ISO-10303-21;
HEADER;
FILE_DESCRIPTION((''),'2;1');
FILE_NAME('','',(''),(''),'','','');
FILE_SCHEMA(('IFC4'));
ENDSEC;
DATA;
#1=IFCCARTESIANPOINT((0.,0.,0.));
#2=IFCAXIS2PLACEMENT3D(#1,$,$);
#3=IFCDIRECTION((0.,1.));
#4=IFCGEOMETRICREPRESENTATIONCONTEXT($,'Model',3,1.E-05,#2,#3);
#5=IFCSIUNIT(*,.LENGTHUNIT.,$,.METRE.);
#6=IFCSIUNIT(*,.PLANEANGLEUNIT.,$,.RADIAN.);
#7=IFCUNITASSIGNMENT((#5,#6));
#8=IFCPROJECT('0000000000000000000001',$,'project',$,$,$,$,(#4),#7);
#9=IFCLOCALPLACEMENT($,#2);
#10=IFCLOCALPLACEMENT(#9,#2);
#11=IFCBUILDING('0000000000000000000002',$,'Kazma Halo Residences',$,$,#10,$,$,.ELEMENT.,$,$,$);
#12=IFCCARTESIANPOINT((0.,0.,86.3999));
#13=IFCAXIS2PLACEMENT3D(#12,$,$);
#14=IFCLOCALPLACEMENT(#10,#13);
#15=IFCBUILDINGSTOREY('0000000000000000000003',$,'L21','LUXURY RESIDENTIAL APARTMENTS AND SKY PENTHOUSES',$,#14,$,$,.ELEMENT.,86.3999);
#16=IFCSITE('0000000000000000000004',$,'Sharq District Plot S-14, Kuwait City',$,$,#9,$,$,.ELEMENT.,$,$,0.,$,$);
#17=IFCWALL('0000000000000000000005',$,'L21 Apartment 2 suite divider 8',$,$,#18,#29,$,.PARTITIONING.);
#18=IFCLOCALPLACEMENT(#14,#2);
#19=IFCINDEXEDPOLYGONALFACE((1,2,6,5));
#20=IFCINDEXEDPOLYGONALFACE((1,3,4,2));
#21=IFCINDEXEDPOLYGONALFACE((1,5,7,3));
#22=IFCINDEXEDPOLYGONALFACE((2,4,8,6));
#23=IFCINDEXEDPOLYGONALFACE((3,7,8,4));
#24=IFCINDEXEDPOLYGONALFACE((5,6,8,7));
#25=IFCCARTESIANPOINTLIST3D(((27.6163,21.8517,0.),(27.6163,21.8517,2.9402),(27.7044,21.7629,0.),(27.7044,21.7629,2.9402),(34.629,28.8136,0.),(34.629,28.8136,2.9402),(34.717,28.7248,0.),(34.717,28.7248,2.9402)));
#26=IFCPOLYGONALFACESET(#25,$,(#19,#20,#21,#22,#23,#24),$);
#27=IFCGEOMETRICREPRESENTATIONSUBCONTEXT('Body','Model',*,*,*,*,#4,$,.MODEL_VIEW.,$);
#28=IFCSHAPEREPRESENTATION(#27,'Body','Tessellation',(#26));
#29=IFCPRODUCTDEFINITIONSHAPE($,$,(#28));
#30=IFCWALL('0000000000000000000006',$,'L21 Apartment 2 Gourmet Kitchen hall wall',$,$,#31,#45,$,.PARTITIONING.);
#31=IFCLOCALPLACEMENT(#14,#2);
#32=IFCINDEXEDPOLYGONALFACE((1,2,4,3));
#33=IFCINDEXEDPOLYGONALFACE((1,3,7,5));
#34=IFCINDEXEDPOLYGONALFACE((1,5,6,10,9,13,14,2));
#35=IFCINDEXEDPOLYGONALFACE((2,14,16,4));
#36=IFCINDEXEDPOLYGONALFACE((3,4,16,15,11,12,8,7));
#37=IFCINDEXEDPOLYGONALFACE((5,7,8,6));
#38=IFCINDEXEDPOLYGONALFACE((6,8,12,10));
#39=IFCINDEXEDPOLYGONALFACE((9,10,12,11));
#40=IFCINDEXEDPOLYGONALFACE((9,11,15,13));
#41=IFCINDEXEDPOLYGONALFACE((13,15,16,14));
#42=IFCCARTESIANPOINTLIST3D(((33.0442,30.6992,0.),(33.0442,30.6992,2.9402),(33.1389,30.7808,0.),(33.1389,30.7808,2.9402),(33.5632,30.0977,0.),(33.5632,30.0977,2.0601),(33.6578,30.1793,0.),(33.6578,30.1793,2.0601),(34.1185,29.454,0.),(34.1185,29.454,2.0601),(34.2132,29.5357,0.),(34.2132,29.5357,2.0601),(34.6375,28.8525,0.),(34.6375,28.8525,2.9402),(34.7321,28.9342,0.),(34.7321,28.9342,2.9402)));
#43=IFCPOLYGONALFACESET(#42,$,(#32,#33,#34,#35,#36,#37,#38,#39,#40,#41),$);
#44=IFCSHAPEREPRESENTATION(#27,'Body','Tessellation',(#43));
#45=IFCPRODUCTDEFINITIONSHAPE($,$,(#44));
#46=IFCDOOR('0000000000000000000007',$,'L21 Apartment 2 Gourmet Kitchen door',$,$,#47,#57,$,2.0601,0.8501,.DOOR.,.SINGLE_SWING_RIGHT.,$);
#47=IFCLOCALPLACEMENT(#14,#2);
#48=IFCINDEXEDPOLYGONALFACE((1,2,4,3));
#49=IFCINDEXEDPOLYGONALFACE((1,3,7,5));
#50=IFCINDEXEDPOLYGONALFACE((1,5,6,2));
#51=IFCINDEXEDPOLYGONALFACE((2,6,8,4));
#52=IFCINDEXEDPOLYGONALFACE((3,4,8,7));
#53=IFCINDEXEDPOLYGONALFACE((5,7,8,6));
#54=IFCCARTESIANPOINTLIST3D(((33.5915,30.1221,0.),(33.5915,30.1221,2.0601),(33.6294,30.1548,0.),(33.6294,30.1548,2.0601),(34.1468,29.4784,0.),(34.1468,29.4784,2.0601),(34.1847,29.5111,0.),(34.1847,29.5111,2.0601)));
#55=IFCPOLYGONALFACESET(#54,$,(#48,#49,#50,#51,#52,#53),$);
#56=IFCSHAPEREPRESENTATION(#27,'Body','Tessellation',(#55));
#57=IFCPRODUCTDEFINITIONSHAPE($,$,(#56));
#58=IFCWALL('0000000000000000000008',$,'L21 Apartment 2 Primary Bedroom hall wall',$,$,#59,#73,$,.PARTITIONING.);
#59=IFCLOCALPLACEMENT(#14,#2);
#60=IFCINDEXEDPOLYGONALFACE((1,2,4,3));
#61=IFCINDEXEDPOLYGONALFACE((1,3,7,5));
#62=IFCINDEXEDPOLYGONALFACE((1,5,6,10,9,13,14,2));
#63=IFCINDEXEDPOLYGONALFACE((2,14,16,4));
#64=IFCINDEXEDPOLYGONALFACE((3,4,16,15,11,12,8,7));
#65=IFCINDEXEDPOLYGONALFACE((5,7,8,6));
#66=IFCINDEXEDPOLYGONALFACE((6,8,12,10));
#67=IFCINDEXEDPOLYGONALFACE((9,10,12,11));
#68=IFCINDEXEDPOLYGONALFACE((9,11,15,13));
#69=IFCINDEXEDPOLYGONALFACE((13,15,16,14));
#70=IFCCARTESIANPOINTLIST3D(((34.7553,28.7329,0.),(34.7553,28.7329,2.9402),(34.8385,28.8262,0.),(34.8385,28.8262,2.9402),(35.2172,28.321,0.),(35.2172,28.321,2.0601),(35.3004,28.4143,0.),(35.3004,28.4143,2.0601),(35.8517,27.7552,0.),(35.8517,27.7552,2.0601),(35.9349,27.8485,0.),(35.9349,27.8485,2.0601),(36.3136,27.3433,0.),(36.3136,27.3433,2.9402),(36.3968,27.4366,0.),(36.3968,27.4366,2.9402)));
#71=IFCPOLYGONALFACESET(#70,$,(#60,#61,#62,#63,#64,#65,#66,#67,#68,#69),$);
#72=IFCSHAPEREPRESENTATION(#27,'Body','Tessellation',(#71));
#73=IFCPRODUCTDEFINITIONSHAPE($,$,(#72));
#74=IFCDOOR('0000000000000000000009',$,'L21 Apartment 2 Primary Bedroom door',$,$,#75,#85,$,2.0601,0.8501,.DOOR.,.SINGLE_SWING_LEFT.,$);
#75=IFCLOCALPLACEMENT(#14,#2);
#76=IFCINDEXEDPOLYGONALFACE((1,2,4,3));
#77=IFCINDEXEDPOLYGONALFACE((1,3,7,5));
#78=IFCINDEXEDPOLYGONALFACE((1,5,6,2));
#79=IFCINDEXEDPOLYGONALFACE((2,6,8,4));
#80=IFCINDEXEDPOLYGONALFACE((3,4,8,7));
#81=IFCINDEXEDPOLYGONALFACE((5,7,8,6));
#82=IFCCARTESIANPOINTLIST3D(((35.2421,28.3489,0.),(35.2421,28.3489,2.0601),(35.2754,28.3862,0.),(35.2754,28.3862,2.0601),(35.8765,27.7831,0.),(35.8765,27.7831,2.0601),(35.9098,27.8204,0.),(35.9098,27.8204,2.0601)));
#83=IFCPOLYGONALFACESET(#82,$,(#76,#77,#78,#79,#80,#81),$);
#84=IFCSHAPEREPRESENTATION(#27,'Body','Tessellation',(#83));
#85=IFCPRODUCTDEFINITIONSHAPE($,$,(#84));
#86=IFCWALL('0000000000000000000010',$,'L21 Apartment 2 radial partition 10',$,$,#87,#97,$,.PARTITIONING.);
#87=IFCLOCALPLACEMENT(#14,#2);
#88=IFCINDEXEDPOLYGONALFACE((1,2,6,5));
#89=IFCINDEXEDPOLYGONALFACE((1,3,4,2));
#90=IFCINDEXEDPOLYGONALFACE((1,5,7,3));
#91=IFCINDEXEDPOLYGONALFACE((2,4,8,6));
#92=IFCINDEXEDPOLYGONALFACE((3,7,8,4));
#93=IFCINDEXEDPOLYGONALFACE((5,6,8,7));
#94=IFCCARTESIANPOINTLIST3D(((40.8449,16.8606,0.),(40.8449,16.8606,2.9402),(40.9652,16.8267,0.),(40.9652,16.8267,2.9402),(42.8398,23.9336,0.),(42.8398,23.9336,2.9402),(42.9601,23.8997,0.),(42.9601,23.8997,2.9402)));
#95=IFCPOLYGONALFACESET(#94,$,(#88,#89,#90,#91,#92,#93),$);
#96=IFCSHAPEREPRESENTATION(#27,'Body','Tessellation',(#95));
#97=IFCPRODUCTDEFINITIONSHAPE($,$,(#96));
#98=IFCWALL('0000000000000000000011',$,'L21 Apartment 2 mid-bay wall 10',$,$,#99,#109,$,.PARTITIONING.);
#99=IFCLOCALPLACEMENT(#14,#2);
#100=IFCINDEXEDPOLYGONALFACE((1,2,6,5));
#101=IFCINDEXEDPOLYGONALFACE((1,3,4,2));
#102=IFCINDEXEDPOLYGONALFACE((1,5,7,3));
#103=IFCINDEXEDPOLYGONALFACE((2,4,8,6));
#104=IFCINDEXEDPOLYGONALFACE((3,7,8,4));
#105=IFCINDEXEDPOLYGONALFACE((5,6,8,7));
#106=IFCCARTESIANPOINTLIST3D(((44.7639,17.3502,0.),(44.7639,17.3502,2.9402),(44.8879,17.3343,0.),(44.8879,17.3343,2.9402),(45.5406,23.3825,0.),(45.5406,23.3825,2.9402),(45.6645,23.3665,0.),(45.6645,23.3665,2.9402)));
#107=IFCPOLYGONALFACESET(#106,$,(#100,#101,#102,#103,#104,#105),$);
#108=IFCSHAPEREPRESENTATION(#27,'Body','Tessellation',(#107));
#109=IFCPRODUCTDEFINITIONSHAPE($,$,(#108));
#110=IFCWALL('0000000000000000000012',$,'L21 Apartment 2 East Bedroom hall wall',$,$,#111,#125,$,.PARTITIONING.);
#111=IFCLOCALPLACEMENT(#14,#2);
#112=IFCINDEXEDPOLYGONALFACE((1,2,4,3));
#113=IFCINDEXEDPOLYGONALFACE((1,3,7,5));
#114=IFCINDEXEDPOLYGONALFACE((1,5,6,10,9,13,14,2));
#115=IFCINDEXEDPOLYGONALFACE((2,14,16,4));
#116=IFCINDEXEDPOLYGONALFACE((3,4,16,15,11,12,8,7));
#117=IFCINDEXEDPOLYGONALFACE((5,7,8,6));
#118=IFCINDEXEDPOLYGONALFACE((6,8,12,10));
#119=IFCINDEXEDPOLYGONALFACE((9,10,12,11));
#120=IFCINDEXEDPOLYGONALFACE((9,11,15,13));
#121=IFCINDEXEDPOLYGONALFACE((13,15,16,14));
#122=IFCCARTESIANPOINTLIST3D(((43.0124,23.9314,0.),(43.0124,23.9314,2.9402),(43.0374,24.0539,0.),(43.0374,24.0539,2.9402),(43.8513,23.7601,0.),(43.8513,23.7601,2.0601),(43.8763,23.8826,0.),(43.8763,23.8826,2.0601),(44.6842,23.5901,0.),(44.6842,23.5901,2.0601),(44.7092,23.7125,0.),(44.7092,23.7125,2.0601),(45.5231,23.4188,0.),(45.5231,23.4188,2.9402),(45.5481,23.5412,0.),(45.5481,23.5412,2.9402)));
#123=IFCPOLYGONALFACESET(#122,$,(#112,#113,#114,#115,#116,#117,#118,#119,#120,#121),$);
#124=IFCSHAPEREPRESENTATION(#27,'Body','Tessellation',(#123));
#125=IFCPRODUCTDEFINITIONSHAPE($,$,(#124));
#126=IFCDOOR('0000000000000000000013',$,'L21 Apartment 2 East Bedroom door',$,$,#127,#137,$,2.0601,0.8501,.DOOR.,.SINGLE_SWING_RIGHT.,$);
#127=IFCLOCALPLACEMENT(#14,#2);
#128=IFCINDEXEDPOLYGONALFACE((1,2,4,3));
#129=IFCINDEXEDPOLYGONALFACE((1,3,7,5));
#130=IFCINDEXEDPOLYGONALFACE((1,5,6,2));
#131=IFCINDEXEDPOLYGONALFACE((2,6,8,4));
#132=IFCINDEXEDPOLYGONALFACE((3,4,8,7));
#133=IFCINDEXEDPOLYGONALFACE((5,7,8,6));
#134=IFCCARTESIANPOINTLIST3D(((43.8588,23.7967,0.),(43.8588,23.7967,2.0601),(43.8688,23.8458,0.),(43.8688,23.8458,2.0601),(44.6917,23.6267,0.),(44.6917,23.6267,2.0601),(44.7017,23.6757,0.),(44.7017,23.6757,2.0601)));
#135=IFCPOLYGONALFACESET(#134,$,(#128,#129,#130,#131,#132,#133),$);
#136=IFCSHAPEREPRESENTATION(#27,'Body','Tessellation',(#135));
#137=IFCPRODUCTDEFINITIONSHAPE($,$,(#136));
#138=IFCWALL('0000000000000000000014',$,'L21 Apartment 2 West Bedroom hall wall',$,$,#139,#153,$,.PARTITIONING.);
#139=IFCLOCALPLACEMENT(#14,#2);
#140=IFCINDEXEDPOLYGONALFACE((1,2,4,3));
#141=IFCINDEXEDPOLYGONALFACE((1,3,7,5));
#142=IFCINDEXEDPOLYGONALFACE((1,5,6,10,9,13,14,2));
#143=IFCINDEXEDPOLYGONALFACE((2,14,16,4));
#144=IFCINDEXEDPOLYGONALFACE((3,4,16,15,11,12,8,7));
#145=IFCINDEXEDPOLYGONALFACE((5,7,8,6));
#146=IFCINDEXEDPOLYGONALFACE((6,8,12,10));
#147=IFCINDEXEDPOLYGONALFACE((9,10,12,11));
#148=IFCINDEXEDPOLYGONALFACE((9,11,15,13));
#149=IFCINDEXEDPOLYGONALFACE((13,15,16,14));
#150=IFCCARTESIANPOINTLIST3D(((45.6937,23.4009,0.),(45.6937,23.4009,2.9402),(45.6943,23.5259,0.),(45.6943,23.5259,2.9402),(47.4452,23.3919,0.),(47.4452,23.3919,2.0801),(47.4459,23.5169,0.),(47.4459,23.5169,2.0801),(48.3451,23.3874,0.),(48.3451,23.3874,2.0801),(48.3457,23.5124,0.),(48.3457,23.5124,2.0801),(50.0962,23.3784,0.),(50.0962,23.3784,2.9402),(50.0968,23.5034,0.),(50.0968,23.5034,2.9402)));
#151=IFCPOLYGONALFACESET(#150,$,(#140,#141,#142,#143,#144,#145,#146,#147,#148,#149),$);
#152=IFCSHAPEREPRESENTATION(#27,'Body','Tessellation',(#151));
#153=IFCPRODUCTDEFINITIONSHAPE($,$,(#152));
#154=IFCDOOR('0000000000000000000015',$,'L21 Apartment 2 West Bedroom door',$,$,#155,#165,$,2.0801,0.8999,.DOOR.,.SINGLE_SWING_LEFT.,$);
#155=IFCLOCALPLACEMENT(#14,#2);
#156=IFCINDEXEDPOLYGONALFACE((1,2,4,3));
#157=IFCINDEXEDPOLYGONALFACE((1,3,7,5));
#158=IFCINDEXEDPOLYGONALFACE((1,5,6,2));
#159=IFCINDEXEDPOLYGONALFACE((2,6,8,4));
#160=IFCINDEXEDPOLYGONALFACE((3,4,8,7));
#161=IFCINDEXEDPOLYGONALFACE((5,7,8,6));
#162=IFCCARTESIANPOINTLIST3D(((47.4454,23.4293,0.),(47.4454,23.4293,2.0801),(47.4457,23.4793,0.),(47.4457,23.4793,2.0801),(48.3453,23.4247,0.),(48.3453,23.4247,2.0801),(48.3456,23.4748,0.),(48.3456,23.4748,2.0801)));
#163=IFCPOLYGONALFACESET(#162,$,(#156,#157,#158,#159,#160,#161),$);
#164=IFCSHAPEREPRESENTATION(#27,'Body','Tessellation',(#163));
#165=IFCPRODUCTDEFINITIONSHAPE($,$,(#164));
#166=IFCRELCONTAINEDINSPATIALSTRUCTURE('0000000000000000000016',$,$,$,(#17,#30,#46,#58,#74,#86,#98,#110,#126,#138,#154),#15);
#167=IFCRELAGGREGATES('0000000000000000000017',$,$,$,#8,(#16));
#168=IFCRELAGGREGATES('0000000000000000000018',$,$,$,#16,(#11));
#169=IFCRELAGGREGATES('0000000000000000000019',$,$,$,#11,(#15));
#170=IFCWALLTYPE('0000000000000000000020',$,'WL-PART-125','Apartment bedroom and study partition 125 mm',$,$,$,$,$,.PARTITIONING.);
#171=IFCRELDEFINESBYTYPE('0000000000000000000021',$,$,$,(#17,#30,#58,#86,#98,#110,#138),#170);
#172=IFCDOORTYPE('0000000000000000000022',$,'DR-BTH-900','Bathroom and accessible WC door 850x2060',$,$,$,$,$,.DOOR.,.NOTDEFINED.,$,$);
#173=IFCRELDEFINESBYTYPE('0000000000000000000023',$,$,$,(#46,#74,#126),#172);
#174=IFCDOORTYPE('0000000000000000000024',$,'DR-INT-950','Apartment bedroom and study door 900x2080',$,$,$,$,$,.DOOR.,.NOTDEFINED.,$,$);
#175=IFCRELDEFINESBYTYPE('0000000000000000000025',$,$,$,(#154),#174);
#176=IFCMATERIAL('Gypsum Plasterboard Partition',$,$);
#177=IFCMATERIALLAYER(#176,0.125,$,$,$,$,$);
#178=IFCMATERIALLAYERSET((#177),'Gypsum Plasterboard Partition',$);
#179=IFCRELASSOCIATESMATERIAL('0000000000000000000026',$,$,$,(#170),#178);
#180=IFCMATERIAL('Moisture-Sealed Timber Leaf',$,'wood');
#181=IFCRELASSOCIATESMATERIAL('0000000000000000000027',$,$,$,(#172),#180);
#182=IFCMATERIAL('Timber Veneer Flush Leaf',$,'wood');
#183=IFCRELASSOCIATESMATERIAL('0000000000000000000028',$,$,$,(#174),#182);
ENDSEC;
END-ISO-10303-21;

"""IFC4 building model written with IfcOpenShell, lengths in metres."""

from ifc_helpers import new_model, si_unit, direction, frame, frame_2d, origin, place, context, subcontext, project, spatial, rectangle, extrude, material, layer, layer_set, type_object, element, fill, save


model = new_model("IFC4")

# Units and contexts
model_context = context("Model", 3, precision=1e-05, world=origin(), true_north=direction((0.0, 1.0)))
body_context = subcontext(model_context, "Body", "Model", "MODEL_VIEW")
ifc_project = project(units=[si_unit("LENGTHUNIT", "METRE"), si_unit("PLANEANGLEUNIT", "RADIAN")], contexts=[model_context])

# Site, building, storey
site_placement = place(None, origin())
site = spatial("IfcSite", under=ifc_project, at=site_placement, Name="Sharq District Plot S-14, Kuwait City", CompositionType="ELEMENT", RefElevation=0.0)
building_placement = place(site_placement, origin())
building = spatial("IfcBuilding", under=site, at=building_placement, Name="Kazma Halo Residences", CompositionType="ELEMENT")
storey_placement = place(building_placement, frame((0.0, 0.0, 86.3999)))
storey = spatial("IfcBuildingStorey", under=building, at=storey_placement, Name="L21", Description="LUXURY RESIDENTIAL APARTMENTS AND SKY PENTHOUSES", CompositionType="ELEMENT", Elevation=86.3999)

# Wall
ifc_material_1 = material(Name="Gypsum Plasterboard Partition")
ifc_layer_1 = layer(ifc_material_1, 0.125)
ifc_layer_set_1 = layer_set([ifc_layer_1], Name="Gypsum Plasterboard Partition")
wall_type_1 = type_object("IfcWallType", Name="WL-PART-125", Description="Apartment bedroom and study partition 125 mm", PredefinedType="PARTITIONING", material=ifc_layer_set_1)
wall_1_placement = place(storey_placement, frame((34.6731, 28.7693, 0.0), z_axis=(0.0, 0.0, 1.0), x_axis=(-0.709672, -0.704533, 0.0)))
element("IfcWall", 1, at=wall_1_placement, inside=storey, type_object=wall_type_1, Name="L21 Apartment 2 suite divider 8", PredefinedType="PARTITIONING", context=body_context, shape_type="SweptSolid", body=[
    extrude(rectangle(XDim=9.8816, YDim=0.125, at=frame_2d((4.9409, 0.0))), origin(), (0.0, 0.0, 1.0), 2.9402),
])

# Walls, openings, doors
wall_2_placement = place(storey_placement, frame((33.0916, 30.74, 0.0), z_axis=(0.0, 0.0, 1.0), x_axis=(0.653245, -0.757147, 0.0)))
wall_2 = element("IfcWall", 2, at=wall_2_placement, inside=storey, type_object=wall_type_1, Name="L21 Apartment 2 Gourmet Kitchen hall wall", PredefinedType="PARTITIONING", context=body_context, shape_type="SweptSolid", body=[
    extrude(rectangle(XDim=2.439, YDim=0.125, at=frame_2d((1.2195, 0.0))), origin(), (0.0, 0.0, 1.0), 2.9402),
])
opening_1_placement = place(wall_2_placement, frame((0.7944, 0.0, 0.0)))
opening_1 = element("IfcOpeningElement", 3, at=opening_1_placement, cuts=wall_2, PredefinedType="OPENING", context=body_context, shape_type="SweptSolid", body=[
    extrude(rectangle(XDim=0.8501, YDim=2.0601, at=frame_2d((0.425, 1.03))), frame((0.0, 0.0725, 0.0), z_axis=(0.0, -1.0, 0.0), x_axis=(1.0, 0.0, 0.0)), (0.0, 0.0, 1.0), 0.145),
])
ifc_material_2 = material(Name="Moisture-Sealed Timber Leaf", Category="wood")
door_type_1 = type_object("IfcDoorType", Name="DR-BTH-900", Description="Bathroom and accessible WC door 850x2060", OperationType="NOTDEFINED", PredefinedType="DOOR", material=ifc_material_2)
door_1_placement = place(opening_1_placement, origin())
door_1 = element("IfcDoor", 4, at=door_1_placement, inside=storey, type_object=door_type_1, Name="L21 Apartment 2 Gourmet Kitchen door", OperationType="SINGLE_SWING_RIGHT", OverallHeight=2.0601, OverallWidth=0.8501, PredefinedType="DOOR", context=body_context, shape_type="SweptSolid", body=[
    extrude(rectangle(XDim=0.8501, YDim=2.0601, at=frame_2d((0.425, 1.03))), frame((0.0, 0.0249, 0.0), z_axis=(0.0, -1.0, 0.0), x_axis=(1.0, 0.0, 0.0)), (0.0, 0.0, 1.0), 0.05),
])
fill(opening_1, door_1)
wall_3_placement = place(storey_placement, frame((34.7969, 28.7795, 0.0), z_axis=(0.0, 0.0, 1.0), x_axis=(0.74635, -0.665553, 0.0)))
wall_3 = element("IfcWall", 5, at=wall_3_placement, inside=storey, type_object=wall_type_1, Name="L21 Apartment 2 Primary Bedroom hall wall", PredefinedType="PARTITIONING", context=body_context, shape_type="SweptSolid", body=[
    extrude(rectangle(XDim=2.0879, YDim=0.125, at=frame_2d((1.0439, 0.0))), origin(), (0.0, 0.0, 1.0), 2.9402),
])
opening_2_placement = place(wall_3_placement, frame((0.6189, 0.0, 0.0)))
opening_2 = element("IfcOpeningElement", 6, at=opening_2_placement, cuts=wall_3, PredefinedType="OPENING", context=body_context, shape_type="SweptSolid", body=[
    extrude(rectangle(XDim=0.8501, YDim=2.0601, at=frame_2d((0.425, 1.03))), frame((0.0, 0.0725, 0.0), z_axis=(0.0, -1.0, 0.0), x_axis=(1.0, 0.0, 0.0)), (0.0, 0.0, 1.0), 0.145),
])
door_2_placement = place(opening_2_placement, origin())
door_2 = element("IfcDoor", 7, at=door_2_placement, inside=storey, type_object=door_type_1, Name="L21 Apartment 2 Primary Bedroom door", OperationType="SINGLE_SWING_LEFT", OverallHeight=2.0601, OverallWidth=0.8501, PredefinedType="DOOR", context=body_context, shape_type="SweptSolid", body=[
    extrude(rectangle(XDim=0.8501, YDim=2.0601, at=frame_2d((0.425, 1.03))), frame((0.0, 0.0249, 0.0), z_axis=(0.0, -1.0, 0.0), x_axis=(1.0, 0.0, 0.0)), (0.0, 0.0, 1.0), 0.05),
])
fill(opening_2, door_2)

# Walls
wall_4_placement = place(storey_placement, frame((42.8999, 23.9165, 0.0), z_axis=(0.0, 0.0, 1.0), x_axis=(-0.271451, -0.962452, 0.0)))
element("IfcWall", 8, at=wall_4_placement, inside=storey, type_object=wall_type_1, Name="L21 Apartment 2 radial partition 10", PredefinedType="PARTITIONING", context=body_context, shape_type="SweptSolid", body=[
    extrude(rectangle(XDim=7.3489, YDim=0.125, at=frame_2d((3.6743, 0.0))), origin(), (0.0, 0.0, 1.0), 2.9402),
])
wall_5_placement = place(storey_placement, frame((45.6025, 23.3745, 0.0), z_axis=(0.0, 0.0, 1.0), x_axis=(-0.12769, -0.991814, 0.0)))
element("IfcWall", 9, at=wall_5_placement, inside=storey, type_object=wall_type_1, Name="L21 Apartment 2 mid-bay wall 10", PredefinedType="PARTITIONING", context=body_context, shape_type="SweptSolid", body=[
    extrude(rectangle(XDim=6.082, YDim=0.125, at=frame_2d((3.041, 0.0))), origin(), (0.0, 0.0, 1.0), 2.9402),
])

# Walls, openings, doors
wall_6_placement = place(storey_placement, frame((43.0249, 23.9927, 0.0), z_axis=(0.0, 0.0, 1.0), x_axis=(0.979781, -0.200072, 0.0)))
wall_6 = element("IfcWall", 10, at=wall_6_placement, inside=storey, type_object=wall_type_1, Name="L21 Apartment 2 East Bedroom hall wall", PredefinedType="PARTITIONING", context=body_context, shape_type="SweptSolid", body=[
    extrude(rectangle(XDim=2.5625, YDim=0.125, at=frame_2d((1.2812, 0.0))), origin(), (0.0, 0.0, 1.0), 2.9402),
])
opening_3_placement = place(wall_6_placement, frame((0.8562, 0.0, 0.0)))
opening_3 = element("IfcOpeningElement", 11, at=opening_3_placement, cuts=wall_6, PredefinedType="OPENING", context=body_context, shape_type="SweptSolid", body=[
    extrude(rectangle(XDim=0.8501, YDim=2.0601, at=frame_2d((0.425, 1.03))), frame((0.0, 0.0725, 0.0), z_axis=(0.0, -1.0, 0.0), x_axis=(1.0, 0.0, 0.0)), (0.0, 0.0, 1.0), 0.145),
])
door_3_placement = place(opening_3_placement, origin())
door_3 = element("IfcDoor", 12, at=door_3_placement, inside=storey, type_object=door_type_1, Name="L21 Apartment 2 East Bedroom door", OperationType="SINGLE_SWING_RIGHT", OverallHeight=2.0601, OverallWidth=0.8501, PredefinedType="DOOR", context=body_context, shape_type="SweptSolid", body=[
    extrude(rectangle(XDim=0.8501, YDim=2.0601, at=frame_2d((0.425, 1.03))), frame((0.0, 0.0249, 0.0), z_axis=(0.0, -1.0, 0.0), x_axis=(1.0, 0.0, 0.0)), (0.0, 0.0, 1.0), 0.05),
])
fill(opening_3, door_3)
wall_7_placement = place(storey_placement, frame((45.6941, 23.4634, 0.0), z_axis=(0.0, 0.0, 1.0), x_axis=(0.999987, -0.005102, 0.0)))
wall_7 = element("IfcWall", 13, at=wall_7_placement, inside=storey, type_object=wall_type_1, Name="L21 Apartment 2 West Bedroom hall wall", PredefinedType="PARTITIONING", context=body_context, shape_type="SweptSolid", body=[
    extrude(rectangle(XDim=4.4026, YDim=0.125, at=frame_2d((2.2012, 0.0))), origin(), (0.0, 0.0, 1.0), 2.9402),
])
opening_4_placement = place(wall_7_placement, frame((1.7515, 0.0, 0.0)))
opening_4 = element("IfcOpeningElement", 14, at=opening_4_placement, cuts=wall_7, PredefinedType="OPENING", context=body_context, shape_type="SweptSolid", body=[
    extrude(rectangle(XDim=0.8999, YDim=2.0801, at=frame_2d((0.45, 1.04))), frame((0.0, 0.0725, 0.0), z_axis=(0.0, -1.0, 0.0), x_axis=(1.0, 0.0, 0.0)), (0.0, 0.0, 1.0), 0.145),
])
ifc_material_3 = material(Name="Timber Veneer Flush Leaf", Category="wood")
door_type_2 = type_object("IfcDoorType", Name="DR-INT-950", Description="Apartment bedroom and study door 900x2080", OperationType="NOTDEFINED", PredefinedType="DOOR", material=ifc_material_3)
door_4_placement = place(opening_4_placement, origin())
door_4 = element("IfcDoor", 15, at=door_4_placement, inside=storey, type_object=door_type_2, Name="L21 Apartment 2 West Bedroom door", OperationType="SINGLE_SWING_LEFT", OverallHeight=2.0801, OverallWidth=0.8999, PredefinedType="DOOR", context=body_context, shape_type="SweptSolid", body=[
    extrude(rectangle(XDim=0.8999, YDim=2.0801, at=frame_2d((0.45, 1.04))), frame((0.0, 0.0249, 0.0), z_axis=(0.0, -1.0, 0.0), x_axis=(1.0, 0.0, 0.0)), (0.0, 0.0, 1.0), 0.05),
])
fill(opening_4, door_4)

save(model, "model.ifc")
